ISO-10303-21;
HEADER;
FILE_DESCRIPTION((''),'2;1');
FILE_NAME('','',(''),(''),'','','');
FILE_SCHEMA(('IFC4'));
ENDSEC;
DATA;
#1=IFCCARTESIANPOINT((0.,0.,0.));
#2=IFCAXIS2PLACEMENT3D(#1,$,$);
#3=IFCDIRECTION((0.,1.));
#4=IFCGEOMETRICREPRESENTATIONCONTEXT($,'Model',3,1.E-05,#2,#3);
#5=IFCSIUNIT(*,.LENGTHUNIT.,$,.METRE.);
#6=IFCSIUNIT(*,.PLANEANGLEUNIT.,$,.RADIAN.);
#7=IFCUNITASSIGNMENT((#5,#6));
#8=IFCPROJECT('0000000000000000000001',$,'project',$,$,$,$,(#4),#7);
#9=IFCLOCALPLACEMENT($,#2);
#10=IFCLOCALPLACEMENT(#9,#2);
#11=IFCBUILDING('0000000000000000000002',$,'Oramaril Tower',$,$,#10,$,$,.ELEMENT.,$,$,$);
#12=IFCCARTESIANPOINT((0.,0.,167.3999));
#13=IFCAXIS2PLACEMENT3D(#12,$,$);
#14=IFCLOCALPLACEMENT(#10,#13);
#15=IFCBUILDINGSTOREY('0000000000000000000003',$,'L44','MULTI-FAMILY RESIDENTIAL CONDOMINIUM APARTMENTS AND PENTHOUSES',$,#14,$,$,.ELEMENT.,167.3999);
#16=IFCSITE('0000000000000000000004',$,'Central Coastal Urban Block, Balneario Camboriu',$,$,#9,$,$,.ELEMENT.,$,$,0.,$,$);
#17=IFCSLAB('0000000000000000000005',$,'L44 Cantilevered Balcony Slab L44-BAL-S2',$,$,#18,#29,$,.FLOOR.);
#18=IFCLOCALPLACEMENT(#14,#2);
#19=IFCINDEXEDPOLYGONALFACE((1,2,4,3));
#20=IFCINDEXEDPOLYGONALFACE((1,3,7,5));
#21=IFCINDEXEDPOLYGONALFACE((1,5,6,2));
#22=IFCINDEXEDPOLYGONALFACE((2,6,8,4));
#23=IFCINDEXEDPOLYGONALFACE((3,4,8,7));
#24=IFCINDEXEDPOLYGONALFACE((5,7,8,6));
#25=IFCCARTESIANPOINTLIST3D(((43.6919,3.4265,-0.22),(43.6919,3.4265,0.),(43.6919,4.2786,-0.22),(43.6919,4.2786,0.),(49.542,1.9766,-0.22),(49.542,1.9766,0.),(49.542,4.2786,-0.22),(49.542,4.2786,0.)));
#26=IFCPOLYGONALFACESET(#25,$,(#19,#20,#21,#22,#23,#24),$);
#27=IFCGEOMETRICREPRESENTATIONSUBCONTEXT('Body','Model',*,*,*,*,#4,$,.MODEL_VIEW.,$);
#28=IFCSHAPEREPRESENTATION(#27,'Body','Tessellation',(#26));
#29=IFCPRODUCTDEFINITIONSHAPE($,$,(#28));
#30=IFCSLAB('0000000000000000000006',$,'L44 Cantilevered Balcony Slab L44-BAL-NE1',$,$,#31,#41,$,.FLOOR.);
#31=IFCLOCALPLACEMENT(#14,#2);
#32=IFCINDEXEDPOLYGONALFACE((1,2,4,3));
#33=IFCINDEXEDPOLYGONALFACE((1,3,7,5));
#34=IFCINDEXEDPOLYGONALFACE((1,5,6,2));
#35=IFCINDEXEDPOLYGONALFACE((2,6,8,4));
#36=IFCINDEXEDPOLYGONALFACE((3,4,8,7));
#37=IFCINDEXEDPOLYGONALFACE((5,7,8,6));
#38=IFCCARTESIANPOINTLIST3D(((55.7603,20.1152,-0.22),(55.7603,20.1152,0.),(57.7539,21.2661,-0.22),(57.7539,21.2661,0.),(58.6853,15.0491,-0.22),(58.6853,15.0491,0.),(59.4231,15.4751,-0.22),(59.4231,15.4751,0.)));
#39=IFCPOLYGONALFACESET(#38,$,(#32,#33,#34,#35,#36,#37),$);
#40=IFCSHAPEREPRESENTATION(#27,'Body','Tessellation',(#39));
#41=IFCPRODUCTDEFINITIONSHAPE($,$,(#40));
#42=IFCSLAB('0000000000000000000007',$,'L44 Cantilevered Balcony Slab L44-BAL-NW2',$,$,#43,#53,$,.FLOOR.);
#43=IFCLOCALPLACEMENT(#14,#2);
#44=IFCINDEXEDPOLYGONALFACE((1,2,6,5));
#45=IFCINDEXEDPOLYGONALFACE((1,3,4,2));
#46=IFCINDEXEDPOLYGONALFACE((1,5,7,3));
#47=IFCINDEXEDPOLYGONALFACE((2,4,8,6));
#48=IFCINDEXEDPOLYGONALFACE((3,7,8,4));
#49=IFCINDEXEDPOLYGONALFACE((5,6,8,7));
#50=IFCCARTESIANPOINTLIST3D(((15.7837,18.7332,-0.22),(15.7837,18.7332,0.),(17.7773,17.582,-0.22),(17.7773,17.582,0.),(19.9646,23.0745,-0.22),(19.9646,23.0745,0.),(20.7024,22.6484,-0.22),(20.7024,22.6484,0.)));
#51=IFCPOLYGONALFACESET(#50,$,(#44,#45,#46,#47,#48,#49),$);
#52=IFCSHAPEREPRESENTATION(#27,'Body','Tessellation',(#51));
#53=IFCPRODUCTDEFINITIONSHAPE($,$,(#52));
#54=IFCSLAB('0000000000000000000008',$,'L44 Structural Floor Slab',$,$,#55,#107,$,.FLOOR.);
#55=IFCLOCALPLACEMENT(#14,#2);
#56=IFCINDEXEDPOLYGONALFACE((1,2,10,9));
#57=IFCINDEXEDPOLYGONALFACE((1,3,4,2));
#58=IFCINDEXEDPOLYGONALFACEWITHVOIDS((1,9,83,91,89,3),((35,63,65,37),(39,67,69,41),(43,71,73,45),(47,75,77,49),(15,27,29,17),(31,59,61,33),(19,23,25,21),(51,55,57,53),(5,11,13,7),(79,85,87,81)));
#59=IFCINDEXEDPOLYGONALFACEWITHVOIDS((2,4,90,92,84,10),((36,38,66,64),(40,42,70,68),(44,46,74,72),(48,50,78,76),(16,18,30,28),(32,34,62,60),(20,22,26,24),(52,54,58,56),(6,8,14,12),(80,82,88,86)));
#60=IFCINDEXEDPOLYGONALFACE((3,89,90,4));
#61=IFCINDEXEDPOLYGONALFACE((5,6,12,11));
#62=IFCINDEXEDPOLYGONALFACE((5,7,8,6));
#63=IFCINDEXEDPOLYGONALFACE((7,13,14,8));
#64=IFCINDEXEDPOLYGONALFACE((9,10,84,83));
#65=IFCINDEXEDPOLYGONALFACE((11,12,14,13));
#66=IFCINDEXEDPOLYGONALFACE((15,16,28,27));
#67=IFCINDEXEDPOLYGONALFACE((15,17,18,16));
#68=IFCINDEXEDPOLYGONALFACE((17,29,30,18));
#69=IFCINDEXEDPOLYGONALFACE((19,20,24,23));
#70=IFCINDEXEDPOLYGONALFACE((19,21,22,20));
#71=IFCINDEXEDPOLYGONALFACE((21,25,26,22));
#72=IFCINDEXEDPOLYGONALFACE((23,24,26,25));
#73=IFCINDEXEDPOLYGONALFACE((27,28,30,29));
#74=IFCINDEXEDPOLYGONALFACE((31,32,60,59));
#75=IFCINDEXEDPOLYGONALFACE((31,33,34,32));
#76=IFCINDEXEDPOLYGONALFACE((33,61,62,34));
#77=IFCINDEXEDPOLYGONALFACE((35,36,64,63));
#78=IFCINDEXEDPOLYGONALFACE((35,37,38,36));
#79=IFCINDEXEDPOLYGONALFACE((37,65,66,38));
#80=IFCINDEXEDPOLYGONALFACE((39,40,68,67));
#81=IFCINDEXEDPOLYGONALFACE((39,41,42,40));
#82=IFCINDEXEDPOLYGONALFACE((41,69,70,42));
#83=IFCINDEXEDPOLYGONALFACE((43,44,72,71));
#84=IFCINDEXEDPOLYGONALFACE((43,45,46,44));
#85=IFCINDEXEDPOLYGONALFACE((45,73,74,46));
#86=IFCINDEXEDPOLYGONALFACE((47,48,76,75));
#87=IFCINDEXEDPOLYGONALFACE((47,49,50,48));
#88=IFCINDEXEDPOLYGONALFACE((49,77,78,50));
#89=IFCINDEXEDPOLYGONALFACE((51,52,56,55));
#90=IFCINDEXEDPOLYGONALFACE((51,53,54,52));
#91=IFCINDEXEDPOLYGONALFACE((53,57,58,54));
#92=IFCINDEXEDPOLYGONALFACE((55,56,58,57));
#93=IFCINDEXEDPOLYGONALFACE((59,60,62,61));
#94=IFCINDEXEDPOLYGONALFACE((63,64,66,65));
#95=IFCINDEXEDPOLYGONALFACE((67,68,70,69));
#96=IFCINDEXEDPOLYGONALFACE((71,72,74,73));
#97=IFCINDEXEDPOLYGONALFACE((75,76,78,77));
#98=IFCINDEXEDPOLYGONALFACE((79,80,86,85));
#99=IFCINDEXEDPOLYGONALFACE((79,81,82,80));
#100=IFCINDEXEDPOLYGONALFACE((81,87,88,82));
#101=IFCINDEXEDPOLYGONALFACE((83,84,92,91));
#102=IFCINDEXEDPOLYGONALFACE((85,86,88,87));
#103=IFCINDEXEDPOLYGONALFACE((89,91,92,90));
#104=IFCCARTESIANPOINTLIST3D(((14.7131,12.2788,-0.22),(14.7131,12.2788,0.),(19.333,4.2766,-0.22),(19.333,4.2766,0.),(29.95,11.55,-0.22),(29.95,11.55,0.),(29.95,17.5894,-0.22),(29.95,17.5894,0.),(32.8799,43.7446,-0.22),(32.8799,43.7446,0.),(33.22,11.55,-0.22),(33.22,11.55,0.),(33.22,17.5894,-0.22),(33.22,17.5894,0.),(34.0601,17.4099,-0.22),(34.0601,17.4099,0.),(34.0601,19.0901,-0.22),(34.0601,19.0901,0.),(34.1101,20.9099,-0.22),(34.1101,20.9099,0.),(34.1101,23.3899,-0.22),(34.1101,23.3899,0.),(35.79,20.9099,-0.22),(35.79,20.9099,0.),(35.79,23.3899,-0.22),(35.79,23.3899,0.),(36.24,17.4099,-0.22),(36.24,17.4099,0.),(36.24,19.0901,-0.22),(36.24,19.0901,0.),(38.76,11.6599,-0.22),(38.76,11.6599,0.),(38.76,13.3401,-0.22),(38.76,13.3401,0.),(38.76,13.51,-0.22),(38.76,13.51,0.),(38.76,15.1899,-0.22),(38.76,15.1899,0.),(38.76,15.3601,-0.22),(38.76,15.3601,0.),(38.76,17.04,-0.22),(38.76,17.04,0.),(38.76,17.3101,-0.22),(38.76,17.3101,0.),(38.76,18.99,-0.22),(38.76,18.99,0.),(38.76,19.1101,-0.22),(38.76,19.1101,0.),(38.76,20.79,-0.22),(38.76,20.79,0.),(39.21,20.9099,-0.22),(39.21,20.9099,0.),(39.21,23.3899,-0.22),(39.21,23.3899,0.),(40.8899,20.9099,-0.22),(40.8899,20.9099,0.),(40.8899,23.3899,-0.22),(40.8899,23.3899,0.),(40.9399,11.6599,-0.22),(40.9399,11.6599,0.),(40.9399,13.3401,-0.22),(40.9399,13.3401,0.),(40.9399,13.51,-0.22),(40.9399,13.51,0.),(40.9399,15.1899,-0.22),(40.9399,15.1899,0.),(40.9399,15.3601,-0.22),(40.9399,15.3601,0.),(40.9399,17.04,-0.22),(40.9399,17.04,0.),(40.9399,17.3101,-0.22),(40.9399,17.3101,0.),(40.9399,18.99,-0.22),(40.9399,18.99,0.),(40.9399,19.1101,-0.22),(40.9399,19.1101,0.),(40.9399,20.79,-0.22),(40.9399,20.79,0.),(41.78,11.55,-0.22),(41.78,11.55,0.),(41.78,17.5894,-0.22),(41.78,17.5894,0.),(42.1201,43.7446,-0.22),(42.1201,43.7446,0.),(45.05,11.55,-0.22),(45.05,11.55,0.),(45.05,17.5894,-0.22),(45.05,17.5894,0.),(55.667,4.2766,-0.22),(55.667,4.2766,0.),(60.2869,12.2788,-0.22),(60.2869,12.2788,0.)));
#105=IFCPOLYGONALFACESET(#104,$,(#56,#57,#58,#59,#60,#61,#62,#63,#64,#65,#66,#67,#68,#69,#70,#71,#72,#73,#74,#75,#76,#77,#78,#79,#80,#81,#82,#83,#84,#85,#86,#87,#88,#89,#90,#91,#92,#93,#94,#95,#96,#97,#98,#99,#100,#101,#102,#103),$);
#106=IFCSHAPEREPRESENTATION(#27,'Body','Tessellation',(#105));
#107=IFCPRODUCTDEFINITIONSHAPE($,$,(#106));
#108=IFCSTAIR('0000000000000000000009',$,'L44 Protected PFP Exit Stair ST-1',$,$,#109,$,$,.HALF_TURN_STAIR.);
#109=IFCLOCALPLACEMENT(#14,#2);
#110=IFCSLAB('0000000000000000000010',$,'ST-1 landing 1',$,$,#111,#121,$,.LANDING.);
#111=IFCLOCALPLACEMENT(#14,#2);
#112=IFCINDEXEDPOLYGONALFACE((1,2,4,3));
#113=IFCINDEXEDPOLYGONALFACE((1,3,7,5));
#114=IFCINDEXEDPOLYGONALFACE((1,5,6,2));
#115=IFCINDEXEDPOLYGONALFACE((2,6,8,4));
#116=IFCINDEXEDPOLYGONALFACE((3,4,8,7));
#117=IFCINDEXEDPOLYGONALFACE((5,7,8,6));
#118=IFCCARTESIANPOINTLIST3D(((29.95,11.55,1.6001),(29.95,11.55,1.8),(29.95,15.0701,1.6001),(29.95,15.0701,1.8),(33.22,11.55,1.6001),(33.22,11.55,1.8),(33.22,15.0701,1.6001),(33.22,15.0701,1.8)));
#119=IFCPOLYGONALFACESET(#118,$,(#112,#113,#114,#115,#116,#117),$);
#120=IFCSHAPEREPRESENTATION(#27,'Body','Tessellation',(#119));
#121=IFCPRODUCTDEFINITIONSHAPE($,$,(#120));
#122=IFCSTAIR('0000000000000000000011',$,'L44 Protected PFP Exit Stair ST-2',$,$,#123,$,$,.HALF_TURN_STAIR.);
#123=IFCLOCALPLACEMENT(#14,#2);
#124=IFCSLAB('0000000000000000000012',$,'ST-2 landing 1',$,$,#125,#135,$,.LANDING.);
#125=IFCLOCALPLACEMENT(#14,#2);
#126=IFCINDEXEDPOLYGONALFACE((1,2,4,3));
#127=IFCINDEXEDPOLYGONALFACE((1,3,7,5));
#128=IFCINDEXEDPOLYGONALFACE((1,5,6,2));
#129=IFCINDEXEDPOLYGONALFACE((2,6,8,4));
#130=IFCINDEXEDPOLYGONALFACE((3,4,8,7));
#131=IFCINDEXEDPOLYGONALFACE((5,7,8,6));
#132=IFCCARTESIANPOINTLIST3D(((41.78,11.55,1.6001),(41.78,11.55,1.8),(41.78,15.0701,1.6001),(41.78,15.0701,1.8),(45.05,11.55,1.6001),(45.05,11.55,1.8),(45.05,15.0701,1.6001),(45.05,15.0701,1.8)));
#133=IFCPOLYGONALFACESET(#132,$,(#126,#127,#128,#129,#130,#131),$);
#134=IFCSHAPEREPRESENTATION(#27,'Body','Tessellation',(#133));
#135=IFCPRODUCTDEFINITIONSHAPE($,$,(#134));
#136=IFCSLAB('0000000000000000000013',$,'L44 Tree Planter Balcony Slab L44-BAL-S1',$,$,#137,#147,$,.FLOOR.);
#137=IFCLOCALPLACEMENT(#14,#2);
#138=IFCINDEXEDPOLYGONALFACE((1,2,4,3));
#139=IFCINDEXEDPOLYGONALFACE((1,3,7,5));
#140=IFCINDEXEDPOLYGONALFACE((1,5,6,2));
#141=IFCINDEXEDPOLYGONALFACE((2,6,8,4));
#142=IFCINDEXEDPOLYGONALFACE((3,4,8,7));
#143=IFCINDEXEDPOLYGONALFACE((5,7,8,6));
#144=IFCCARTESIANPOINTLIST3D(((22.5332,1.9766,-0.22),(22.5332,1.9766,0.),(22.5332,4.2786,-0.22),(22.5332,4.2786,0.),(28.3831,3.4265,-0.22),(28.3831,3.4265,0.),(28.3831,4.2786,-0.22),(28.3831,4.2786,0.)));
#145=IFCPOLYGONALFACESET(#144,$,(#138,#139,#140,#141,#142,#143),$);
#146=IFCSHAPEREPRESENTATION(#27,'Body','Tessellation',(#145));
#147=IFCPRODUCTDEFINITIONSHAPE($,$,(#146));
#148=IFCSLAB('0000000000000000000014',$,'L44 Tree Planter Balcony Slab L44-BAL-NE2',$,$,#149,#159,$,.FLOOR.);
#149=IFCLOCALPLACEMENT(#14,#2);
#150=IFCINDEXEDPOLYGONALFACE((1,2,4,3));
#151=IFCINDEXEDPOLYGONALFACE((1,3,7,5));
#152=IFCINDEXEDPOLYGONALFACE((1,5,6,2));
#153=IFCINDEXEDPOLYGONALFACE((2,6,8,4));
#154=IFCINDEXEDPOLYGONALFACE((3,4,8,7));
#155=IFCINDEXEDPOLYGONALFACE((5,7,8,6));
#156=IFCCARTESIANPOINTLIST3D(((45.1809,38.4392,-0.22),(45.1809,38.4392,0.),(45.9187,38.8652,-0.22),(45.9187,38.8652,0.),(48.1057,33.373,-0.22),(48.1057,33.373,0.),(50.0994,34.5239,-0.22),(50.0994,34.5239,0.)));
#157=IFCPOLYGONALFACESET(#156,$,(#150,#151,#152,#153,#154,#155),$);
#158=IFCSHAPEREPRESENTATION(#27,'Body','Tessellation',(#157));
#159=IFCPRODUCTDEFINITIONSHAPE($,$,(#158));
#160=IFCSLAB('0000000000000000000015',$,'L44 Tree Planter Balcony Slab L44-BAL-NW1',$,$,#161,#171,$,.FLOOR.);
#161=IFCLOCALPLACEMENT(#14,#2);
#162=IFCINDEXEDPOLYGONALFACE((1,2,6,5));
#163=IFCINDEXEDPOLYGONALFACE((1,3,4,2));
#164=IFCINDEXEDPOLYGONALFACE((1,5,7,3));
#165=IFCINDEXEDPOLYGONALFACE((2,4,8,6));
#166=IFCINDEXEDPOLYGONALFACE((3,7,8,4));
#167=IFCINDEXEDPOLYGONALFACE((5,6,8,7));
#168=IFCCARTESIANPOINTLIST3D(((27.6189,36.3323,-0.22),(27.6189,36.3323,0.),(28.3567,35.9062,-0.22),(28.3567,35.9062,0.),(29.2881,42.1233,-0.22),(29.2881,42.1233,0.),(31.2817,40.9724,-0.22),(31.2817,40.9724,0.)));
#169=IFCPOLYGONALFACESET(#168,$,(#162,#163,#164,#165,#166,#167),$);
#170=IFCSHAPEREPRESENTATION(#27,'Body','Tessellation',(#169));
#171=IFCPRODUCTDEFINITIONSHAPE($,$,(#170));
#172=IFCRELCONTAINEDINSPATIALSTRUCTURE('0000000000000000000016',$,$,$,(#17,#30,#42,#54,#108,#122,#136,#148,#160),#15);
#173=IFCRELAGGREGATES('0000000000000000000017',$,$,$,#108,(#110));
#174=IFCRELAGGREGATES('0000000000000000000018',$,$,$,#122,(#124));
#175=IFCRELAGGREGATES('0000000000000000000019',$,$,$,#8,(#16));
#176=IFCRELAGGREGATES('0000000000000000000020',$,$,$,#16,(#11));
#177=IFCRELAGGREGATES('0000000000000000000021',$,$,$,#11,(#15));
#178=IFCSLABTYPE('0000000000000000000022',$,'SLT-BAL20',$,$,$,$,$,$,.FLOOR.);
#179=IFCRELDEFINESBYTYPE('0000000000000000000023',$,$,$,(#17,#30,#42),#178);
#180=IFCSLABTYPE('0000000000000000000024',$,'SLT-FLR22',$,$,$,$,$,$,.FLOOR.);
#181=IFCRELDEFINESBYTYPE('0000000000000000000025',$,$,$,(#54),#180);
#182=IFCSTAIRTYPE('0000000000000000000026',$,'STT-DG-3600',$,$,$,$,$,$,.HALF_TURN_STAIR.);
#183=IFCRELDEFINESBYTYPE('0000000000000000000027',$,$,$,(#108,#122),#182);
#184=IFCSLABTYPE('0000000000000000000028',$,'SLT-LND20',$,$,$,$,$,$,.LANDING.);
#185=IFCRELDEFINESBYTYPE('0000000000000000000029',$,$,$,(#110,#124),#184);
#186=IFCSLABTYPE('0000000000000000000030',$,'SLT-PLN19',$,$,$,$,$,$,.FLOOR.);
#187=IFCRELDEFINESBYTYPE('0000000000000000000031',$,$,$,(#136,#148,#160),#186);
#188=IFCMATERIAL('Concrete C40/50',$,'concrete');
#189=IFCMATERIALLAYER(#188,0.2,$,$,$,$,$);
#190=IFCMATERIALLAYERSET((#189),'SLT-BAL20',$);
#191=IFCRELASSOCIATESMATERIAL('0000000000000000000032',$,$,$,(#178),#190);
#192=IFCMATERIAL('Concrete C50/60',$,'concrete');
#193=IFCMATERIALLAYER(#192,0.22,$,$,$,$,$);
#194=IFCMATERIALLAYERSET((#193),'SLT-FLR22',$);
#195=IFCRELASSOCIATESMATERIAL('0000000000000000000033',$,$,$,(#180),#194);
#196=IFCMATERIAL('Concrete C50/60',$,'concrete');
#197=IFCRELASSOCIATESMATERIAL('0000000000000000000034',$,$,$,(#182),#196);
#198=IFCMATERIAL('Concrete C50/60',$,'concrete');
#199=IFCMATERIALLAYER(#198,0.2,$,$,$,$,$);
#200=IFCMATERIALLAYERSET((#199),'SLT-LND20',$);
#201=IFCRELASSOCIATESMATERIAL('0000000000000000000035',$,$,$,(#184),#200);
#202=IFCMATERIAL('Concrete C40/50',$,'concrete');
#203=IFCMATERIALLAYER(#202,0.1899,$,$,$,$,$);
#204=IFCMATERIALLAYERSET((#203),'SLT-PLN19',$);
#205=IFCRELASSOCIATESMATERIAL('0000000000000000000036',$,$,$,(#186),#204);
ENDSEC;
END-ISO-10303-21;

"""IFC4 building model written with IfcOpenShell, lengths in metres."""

from ifc_helpers import new_model, si_unit, direction, frame, origin, place, context, subcontext, project, spatial, polyline, outline, extrude, material, layer, layer_set, type_object, element, aggregate, save


model = new_model("IFC4")

# Units and contexts
model_context = context("Model", 3, precision=1e-05, world=origin(), true_north=direction((0.0, 1.0)))
body_context = subcontext(model_context, "Body", "Model", "MODEL_VIEW")
ifc_project = project(units=[si_unit("LENGTHUNIT", "METRE"), si_unit("PLANEANGLEUNIT", "RADIAN")], contexts=[model_context])

# Site, building, storey
site_placement = place(None, origin())
site = spatial("IfcSite", under=ifc_project, at=site_placement, Name="Central Coastal Urban Block, Balneario Camboriu", CompositionType="ELEMENT", RefElevation=0.0)
building_placement = place(site_placement, origin())
building = spatial("IfcBuilding", under=site, at=building_placement, Name="Oramaril Tower", CompositionType="ELEMENT")
storey_placement = place(building_placement, frame((0.0, 0.0, 167.3999)))
storey = spatial("IfcBuildingStorey", under=building, at=storey_placement, Name="L44", Description="MULTI-FAMILY RESIDENTIAL CONDOMINIUM APARTMENTS AND PENTHOUSES", CompositionType="ELEMENT", Elevation=167.3999)

# Slabs
ifc_material_1 = material(Name="Concrete C40/50", Category="concrete")
ifc_layer_1 = layer(ifc_material_1, 0.2)
ifc_layer_set_1 = layer_set([ifc_layer_1], Name="SLT-BAL20")
slab_type_1 = type_object("IfcSlabType", Name="SLT-BAL20", PredefinedType="FLOOR", material=ifc_layer_set_1)
slab_1_placement = place(storey_placement, frame((0.0, 0.0, -0.22)))
element("IfcSlab", 1, at=slab_1_placement, inside=storey, type_object=slab_type_1, Name="L44 Cantilevered Balcony Slab L44-BAL-S2", PredefinedType="FLOOR", context=body_context, shape_type="SweptSolid", body=[
    extrude(outline(polyline([(43.6919, 4.2786), (49.542, 4.2786), (49.542, 1.9766), (43.6919, 3.4265), (43.6919, 4.2786)])), origin(), (0.0, 0.0, 1.0), 0.22),
])
slab_2_placement = place(storey_placement, frame((0.0, 0.0, -0.22)))
element("IfcSlab", 2, at=slab_2_placement, inside=storey, type_object=slab_type_1, Name="L44 Cantilevered Balcony Slab L44-BAL-NE1", PredefinedType="FLOOR", context=body_context, shape_type="SweptSolid", body=[
    extrude(outline(polyline([(58.6853, 15.0491), (55.7603, 20.1152), (57.7539, 21.2661), (59.4231, 15.4751), (58.6853, 15.0491)])), origin(), (0.0, 0.0, 1.0), 0.22),
])
slab_3_placement = place(storey_placement, frame((0.0, 0.0, -0.22)))
element("IfcSlab", 3, at=slab_3_placement, inside=storey, type_object=slab_type_1, Name="L44 Cantilevered Balcony Slab L44-BAL-NW2", PredefinedType="FLOOR", context=body_context, shape_type="SweptSolid", body=[
    extrude(outline(polyline([(20.7024, 22.6484), (17.7773, 17.582), (15.7837, 18.7332), (19.9646, 23.0745), (20.7024, 22.6484)])), origin(), (0.0, 0.0, 1.0), 0.22),
])
ifc_material_2 = material(Name="Concrete C50/60", Category="concrete")
ifc_layer_2 = layer(ifc_material_2, 0.22)
ifc_layer_set_2 = layer_set([ifc_layer_2], Name="SLT-FLR22")
slab_type_2 = type_object("IfcSlabType", Name="SLT-FLR22", PredefinedType="FLOOR", material=ifc_layer_set_2)
slab_4_placement = place(storey_placement, frame((0.0, 0.0, -0.22)))
element("IfcSlab", 4, at=slab_4_placement, inside=storey, type_object=slab_type_2, Name="L44 Structural Floor Slab", PredefinedType="FLOOR", context=body_context, shape_type="SweptSolid", body=[
    extrude(outline(polyline([(14.7131, 12.2788), (19.333, 4.2766), (55.667, 4.2766), (60.2869, 12.2788), (42.1201, 43.7446), (32.8799, 43.7446), (14.7131, 12.2788)]), holes=[polyline([(29.95, 17.5894), (29.95, 11.55), (33.22, 11.55), (33.22, 17.5894), (29.95, 17.5894)]), polyline([(41.78, 17.5894), (41.78, 11.55), (45.05, 11.55), (45.05, 17.5894), (41.78, 17.5894)]), polyline([(34.1101, 20.9099), (35.79, 20.9099), (35.79, 23.3899), (34.1101, 23.3899), (34.1101, 20.9099)]), polyline([(39.21, 20.9099), (40.8899, 20.9099), (40.8899, 23.3899), (39.21, 23.3899), (39.21, 20.9099)]), polyline([(38.76, 11.6599), (40.9399, 11.6599), (40.9399, 13.3401), (38.76, 13.3401), (38.76, 11.6599)]), polyline([(38.76, 13.51), (40.9399, 13.51), (40.9399, 15.1899), (38.76, 15.1899), (38.76, 13.51)]), polyline([(38.76, 15.3601), (40.9399, 15.3601), (40.9399, 17.04), (38.76, 17.04), (38.76, 15.3601)]), polyline([(34.0601, 17.4099), (36.24, 17.4099), (36.24, 19.0901), (34.0601, 19.0901), (34.0601, 17.4099)]), polyline([(38.76, 17.3101), (40.9399, 17.3101), (40.9399, 18.99), (38.76, 18.99), (38.76, 17.3101)]), polyline([(38.76, 19.1101), (40.9399, 19.1101), (40.9399, 20.79), (38.76, 20.79), (38.76, 19.1101)])]), origin(), (0.0, 0.0, 1.0), 0.22),
])

# Stairs, slabs
ifc_material_3 = material(Name="Concrete C50/60", Category="concrete")
stair_type = type_object("IfcStairType", Name="STT-DG-3600", PredefinedType="HALF_TURN_STAIR", material=ifc_material_3)
stair_1_placement = place(storey_placement, origin())
stair_1 = element("IfcStair", 5, at=stair_1_placement, inside=storey, type_object=stair_type, Name="L44 Protected PFP Exit Stair ST-1", PredefinedType="HALF_TURN_STAIR")
ifc_material_4 = material(Name="Concrete C50/60", Category="concrete")
ifc_layer_3 = layer(ifc_material_4, 0.2)
ifc_layer_set_3 = layer_set([ifc_layer_3], Name="SLT-LND20")
slab_type_3 = type_object("IfcSlabType", Name="SLT-LND20", PredefinedType="LANDING", material=ifc_layer_set_3)
slab_5_placement = place(storey_placement, frame((0.0, 0.0, 1.6001)))
slab_5 = element("IfcSlab", 6, at=slab_5_placement, type_object=slab_type_3, Name="ST-1 landing 1", PredefinedType="LANDING", context=body_context, shape_type="SweptSolid", body=[
    extrude(outline(polyline([(29.95, 15.0701), (29.95, 11.55), (33.22, 11.55), (33.22, 15.0701), (29.95, 15.0701)])), origin(), (0.0, 0.0, 1.0), 0.2),
])
aggregate(stair_1, [slab_5])
stair_2_placement = place(storey_placement, origin())
stair_2 = element("IfcStair", 7, at=stair_2_placement, inside=storey, type_object=stair_type, Name="L44 Protected PFP Exit Stair ST-2", PredefinedType="HALF_TURN_STAIR")
slab_6_placement = place(storey_placement, frame((0.0, 0.0, 1.6001)))
slab_6 = element("IfcSlab", 8, at=slab_6_placement, type_object=slab_type_3, Name="ST-2 landing 1", PredefinedType="LANDING", context=body_context, shape_type="SweptSolid", body=[
    extrude(outline(polyline([(41.78, 15.0701), (41.78, 11.55), (45.05, 11.55), (45.05, 15.0701), (41.78, 15.0701)])), origin(), (0.0, 0.0, 1.0), 0.2),
])
aggregate(stair_2, [slab_6])

# Slabs
ifc_material_5 = material(Name="Concrete C40/50", Category="concrete")
ifc_layer_4 = layer(ifc_material_5, 0.1899)
ifc_layer_set_4 = layer_set([ifc_layer_4], Name="SLT-PLN19")
slab_type_4 = type_object("IfcSlabType", Name="SLT-PLN19", PredefinedType="FLOOR", material=ifc_layer_set_4)
slab_7_placement = place(storey_placement, frame((0.0, 0.0, -0.22)))
element("IfcSlab", 9, at=slab_7_placement, inside=storey, type_object=slab_type_4, Name="L44 Tree Planter Balcony Slab L44-BAL-S1", PredefinedType="FLOOR", context=body_context, shape_type="SweptSolid", body=[
    extrude(outline(polyline([(22.5332, 4.2786), (28.3831, 4.2786), (28.3831, 3.4265), (22.5332, 1.9766), (22.5332, 4.2786)])), origin(), (0.0, 0.0, 1.0), 0.22),
])
slab_8_placement = place(storey_placement, frame((0.0, 0.0, -0.22)))
element("IfcSlab", 10, at=slab_8_placement, inside=storey, type_object=slab_type_4, Name="L44 Tree Planter Balcony Slab L44-BAL-NE2", PredefinedType="FLOOR", context=body_context, shape_type="SweptSolid", body=[
    extrude(outline(polyline([(48.1057, 33.373), (45.1809, 38.4392), (45.9187, 38.8652), (50.0994, 34.5239), (48.1057, 33.373)])), origin(), (0.0, 0.0, 1.0), 0.22),
])
slab_9_placement = place(storey_placement, frame((0.0, 0.0, -0.22)))
element("IfcSlab", 11, at=slab_9_placement, inside=storey, type_object=slab_type_4, Name="L44 Tree Planter Balcony Slab L44-BAL-NW1", PredefinedType="FLOOR", context=body_context, shape_type="SweptSolid", body=[
    extrude(outline(polyline([(31.2817, 40.9724), (28.3567, 35.9062), (27.6189, 36.3323), (29.2881, 42.1233), (31.2817, 40.9724)])), origin(), (0.0, 0.0, 1.0), 0.22),
])

save(model, "model.ifc")
